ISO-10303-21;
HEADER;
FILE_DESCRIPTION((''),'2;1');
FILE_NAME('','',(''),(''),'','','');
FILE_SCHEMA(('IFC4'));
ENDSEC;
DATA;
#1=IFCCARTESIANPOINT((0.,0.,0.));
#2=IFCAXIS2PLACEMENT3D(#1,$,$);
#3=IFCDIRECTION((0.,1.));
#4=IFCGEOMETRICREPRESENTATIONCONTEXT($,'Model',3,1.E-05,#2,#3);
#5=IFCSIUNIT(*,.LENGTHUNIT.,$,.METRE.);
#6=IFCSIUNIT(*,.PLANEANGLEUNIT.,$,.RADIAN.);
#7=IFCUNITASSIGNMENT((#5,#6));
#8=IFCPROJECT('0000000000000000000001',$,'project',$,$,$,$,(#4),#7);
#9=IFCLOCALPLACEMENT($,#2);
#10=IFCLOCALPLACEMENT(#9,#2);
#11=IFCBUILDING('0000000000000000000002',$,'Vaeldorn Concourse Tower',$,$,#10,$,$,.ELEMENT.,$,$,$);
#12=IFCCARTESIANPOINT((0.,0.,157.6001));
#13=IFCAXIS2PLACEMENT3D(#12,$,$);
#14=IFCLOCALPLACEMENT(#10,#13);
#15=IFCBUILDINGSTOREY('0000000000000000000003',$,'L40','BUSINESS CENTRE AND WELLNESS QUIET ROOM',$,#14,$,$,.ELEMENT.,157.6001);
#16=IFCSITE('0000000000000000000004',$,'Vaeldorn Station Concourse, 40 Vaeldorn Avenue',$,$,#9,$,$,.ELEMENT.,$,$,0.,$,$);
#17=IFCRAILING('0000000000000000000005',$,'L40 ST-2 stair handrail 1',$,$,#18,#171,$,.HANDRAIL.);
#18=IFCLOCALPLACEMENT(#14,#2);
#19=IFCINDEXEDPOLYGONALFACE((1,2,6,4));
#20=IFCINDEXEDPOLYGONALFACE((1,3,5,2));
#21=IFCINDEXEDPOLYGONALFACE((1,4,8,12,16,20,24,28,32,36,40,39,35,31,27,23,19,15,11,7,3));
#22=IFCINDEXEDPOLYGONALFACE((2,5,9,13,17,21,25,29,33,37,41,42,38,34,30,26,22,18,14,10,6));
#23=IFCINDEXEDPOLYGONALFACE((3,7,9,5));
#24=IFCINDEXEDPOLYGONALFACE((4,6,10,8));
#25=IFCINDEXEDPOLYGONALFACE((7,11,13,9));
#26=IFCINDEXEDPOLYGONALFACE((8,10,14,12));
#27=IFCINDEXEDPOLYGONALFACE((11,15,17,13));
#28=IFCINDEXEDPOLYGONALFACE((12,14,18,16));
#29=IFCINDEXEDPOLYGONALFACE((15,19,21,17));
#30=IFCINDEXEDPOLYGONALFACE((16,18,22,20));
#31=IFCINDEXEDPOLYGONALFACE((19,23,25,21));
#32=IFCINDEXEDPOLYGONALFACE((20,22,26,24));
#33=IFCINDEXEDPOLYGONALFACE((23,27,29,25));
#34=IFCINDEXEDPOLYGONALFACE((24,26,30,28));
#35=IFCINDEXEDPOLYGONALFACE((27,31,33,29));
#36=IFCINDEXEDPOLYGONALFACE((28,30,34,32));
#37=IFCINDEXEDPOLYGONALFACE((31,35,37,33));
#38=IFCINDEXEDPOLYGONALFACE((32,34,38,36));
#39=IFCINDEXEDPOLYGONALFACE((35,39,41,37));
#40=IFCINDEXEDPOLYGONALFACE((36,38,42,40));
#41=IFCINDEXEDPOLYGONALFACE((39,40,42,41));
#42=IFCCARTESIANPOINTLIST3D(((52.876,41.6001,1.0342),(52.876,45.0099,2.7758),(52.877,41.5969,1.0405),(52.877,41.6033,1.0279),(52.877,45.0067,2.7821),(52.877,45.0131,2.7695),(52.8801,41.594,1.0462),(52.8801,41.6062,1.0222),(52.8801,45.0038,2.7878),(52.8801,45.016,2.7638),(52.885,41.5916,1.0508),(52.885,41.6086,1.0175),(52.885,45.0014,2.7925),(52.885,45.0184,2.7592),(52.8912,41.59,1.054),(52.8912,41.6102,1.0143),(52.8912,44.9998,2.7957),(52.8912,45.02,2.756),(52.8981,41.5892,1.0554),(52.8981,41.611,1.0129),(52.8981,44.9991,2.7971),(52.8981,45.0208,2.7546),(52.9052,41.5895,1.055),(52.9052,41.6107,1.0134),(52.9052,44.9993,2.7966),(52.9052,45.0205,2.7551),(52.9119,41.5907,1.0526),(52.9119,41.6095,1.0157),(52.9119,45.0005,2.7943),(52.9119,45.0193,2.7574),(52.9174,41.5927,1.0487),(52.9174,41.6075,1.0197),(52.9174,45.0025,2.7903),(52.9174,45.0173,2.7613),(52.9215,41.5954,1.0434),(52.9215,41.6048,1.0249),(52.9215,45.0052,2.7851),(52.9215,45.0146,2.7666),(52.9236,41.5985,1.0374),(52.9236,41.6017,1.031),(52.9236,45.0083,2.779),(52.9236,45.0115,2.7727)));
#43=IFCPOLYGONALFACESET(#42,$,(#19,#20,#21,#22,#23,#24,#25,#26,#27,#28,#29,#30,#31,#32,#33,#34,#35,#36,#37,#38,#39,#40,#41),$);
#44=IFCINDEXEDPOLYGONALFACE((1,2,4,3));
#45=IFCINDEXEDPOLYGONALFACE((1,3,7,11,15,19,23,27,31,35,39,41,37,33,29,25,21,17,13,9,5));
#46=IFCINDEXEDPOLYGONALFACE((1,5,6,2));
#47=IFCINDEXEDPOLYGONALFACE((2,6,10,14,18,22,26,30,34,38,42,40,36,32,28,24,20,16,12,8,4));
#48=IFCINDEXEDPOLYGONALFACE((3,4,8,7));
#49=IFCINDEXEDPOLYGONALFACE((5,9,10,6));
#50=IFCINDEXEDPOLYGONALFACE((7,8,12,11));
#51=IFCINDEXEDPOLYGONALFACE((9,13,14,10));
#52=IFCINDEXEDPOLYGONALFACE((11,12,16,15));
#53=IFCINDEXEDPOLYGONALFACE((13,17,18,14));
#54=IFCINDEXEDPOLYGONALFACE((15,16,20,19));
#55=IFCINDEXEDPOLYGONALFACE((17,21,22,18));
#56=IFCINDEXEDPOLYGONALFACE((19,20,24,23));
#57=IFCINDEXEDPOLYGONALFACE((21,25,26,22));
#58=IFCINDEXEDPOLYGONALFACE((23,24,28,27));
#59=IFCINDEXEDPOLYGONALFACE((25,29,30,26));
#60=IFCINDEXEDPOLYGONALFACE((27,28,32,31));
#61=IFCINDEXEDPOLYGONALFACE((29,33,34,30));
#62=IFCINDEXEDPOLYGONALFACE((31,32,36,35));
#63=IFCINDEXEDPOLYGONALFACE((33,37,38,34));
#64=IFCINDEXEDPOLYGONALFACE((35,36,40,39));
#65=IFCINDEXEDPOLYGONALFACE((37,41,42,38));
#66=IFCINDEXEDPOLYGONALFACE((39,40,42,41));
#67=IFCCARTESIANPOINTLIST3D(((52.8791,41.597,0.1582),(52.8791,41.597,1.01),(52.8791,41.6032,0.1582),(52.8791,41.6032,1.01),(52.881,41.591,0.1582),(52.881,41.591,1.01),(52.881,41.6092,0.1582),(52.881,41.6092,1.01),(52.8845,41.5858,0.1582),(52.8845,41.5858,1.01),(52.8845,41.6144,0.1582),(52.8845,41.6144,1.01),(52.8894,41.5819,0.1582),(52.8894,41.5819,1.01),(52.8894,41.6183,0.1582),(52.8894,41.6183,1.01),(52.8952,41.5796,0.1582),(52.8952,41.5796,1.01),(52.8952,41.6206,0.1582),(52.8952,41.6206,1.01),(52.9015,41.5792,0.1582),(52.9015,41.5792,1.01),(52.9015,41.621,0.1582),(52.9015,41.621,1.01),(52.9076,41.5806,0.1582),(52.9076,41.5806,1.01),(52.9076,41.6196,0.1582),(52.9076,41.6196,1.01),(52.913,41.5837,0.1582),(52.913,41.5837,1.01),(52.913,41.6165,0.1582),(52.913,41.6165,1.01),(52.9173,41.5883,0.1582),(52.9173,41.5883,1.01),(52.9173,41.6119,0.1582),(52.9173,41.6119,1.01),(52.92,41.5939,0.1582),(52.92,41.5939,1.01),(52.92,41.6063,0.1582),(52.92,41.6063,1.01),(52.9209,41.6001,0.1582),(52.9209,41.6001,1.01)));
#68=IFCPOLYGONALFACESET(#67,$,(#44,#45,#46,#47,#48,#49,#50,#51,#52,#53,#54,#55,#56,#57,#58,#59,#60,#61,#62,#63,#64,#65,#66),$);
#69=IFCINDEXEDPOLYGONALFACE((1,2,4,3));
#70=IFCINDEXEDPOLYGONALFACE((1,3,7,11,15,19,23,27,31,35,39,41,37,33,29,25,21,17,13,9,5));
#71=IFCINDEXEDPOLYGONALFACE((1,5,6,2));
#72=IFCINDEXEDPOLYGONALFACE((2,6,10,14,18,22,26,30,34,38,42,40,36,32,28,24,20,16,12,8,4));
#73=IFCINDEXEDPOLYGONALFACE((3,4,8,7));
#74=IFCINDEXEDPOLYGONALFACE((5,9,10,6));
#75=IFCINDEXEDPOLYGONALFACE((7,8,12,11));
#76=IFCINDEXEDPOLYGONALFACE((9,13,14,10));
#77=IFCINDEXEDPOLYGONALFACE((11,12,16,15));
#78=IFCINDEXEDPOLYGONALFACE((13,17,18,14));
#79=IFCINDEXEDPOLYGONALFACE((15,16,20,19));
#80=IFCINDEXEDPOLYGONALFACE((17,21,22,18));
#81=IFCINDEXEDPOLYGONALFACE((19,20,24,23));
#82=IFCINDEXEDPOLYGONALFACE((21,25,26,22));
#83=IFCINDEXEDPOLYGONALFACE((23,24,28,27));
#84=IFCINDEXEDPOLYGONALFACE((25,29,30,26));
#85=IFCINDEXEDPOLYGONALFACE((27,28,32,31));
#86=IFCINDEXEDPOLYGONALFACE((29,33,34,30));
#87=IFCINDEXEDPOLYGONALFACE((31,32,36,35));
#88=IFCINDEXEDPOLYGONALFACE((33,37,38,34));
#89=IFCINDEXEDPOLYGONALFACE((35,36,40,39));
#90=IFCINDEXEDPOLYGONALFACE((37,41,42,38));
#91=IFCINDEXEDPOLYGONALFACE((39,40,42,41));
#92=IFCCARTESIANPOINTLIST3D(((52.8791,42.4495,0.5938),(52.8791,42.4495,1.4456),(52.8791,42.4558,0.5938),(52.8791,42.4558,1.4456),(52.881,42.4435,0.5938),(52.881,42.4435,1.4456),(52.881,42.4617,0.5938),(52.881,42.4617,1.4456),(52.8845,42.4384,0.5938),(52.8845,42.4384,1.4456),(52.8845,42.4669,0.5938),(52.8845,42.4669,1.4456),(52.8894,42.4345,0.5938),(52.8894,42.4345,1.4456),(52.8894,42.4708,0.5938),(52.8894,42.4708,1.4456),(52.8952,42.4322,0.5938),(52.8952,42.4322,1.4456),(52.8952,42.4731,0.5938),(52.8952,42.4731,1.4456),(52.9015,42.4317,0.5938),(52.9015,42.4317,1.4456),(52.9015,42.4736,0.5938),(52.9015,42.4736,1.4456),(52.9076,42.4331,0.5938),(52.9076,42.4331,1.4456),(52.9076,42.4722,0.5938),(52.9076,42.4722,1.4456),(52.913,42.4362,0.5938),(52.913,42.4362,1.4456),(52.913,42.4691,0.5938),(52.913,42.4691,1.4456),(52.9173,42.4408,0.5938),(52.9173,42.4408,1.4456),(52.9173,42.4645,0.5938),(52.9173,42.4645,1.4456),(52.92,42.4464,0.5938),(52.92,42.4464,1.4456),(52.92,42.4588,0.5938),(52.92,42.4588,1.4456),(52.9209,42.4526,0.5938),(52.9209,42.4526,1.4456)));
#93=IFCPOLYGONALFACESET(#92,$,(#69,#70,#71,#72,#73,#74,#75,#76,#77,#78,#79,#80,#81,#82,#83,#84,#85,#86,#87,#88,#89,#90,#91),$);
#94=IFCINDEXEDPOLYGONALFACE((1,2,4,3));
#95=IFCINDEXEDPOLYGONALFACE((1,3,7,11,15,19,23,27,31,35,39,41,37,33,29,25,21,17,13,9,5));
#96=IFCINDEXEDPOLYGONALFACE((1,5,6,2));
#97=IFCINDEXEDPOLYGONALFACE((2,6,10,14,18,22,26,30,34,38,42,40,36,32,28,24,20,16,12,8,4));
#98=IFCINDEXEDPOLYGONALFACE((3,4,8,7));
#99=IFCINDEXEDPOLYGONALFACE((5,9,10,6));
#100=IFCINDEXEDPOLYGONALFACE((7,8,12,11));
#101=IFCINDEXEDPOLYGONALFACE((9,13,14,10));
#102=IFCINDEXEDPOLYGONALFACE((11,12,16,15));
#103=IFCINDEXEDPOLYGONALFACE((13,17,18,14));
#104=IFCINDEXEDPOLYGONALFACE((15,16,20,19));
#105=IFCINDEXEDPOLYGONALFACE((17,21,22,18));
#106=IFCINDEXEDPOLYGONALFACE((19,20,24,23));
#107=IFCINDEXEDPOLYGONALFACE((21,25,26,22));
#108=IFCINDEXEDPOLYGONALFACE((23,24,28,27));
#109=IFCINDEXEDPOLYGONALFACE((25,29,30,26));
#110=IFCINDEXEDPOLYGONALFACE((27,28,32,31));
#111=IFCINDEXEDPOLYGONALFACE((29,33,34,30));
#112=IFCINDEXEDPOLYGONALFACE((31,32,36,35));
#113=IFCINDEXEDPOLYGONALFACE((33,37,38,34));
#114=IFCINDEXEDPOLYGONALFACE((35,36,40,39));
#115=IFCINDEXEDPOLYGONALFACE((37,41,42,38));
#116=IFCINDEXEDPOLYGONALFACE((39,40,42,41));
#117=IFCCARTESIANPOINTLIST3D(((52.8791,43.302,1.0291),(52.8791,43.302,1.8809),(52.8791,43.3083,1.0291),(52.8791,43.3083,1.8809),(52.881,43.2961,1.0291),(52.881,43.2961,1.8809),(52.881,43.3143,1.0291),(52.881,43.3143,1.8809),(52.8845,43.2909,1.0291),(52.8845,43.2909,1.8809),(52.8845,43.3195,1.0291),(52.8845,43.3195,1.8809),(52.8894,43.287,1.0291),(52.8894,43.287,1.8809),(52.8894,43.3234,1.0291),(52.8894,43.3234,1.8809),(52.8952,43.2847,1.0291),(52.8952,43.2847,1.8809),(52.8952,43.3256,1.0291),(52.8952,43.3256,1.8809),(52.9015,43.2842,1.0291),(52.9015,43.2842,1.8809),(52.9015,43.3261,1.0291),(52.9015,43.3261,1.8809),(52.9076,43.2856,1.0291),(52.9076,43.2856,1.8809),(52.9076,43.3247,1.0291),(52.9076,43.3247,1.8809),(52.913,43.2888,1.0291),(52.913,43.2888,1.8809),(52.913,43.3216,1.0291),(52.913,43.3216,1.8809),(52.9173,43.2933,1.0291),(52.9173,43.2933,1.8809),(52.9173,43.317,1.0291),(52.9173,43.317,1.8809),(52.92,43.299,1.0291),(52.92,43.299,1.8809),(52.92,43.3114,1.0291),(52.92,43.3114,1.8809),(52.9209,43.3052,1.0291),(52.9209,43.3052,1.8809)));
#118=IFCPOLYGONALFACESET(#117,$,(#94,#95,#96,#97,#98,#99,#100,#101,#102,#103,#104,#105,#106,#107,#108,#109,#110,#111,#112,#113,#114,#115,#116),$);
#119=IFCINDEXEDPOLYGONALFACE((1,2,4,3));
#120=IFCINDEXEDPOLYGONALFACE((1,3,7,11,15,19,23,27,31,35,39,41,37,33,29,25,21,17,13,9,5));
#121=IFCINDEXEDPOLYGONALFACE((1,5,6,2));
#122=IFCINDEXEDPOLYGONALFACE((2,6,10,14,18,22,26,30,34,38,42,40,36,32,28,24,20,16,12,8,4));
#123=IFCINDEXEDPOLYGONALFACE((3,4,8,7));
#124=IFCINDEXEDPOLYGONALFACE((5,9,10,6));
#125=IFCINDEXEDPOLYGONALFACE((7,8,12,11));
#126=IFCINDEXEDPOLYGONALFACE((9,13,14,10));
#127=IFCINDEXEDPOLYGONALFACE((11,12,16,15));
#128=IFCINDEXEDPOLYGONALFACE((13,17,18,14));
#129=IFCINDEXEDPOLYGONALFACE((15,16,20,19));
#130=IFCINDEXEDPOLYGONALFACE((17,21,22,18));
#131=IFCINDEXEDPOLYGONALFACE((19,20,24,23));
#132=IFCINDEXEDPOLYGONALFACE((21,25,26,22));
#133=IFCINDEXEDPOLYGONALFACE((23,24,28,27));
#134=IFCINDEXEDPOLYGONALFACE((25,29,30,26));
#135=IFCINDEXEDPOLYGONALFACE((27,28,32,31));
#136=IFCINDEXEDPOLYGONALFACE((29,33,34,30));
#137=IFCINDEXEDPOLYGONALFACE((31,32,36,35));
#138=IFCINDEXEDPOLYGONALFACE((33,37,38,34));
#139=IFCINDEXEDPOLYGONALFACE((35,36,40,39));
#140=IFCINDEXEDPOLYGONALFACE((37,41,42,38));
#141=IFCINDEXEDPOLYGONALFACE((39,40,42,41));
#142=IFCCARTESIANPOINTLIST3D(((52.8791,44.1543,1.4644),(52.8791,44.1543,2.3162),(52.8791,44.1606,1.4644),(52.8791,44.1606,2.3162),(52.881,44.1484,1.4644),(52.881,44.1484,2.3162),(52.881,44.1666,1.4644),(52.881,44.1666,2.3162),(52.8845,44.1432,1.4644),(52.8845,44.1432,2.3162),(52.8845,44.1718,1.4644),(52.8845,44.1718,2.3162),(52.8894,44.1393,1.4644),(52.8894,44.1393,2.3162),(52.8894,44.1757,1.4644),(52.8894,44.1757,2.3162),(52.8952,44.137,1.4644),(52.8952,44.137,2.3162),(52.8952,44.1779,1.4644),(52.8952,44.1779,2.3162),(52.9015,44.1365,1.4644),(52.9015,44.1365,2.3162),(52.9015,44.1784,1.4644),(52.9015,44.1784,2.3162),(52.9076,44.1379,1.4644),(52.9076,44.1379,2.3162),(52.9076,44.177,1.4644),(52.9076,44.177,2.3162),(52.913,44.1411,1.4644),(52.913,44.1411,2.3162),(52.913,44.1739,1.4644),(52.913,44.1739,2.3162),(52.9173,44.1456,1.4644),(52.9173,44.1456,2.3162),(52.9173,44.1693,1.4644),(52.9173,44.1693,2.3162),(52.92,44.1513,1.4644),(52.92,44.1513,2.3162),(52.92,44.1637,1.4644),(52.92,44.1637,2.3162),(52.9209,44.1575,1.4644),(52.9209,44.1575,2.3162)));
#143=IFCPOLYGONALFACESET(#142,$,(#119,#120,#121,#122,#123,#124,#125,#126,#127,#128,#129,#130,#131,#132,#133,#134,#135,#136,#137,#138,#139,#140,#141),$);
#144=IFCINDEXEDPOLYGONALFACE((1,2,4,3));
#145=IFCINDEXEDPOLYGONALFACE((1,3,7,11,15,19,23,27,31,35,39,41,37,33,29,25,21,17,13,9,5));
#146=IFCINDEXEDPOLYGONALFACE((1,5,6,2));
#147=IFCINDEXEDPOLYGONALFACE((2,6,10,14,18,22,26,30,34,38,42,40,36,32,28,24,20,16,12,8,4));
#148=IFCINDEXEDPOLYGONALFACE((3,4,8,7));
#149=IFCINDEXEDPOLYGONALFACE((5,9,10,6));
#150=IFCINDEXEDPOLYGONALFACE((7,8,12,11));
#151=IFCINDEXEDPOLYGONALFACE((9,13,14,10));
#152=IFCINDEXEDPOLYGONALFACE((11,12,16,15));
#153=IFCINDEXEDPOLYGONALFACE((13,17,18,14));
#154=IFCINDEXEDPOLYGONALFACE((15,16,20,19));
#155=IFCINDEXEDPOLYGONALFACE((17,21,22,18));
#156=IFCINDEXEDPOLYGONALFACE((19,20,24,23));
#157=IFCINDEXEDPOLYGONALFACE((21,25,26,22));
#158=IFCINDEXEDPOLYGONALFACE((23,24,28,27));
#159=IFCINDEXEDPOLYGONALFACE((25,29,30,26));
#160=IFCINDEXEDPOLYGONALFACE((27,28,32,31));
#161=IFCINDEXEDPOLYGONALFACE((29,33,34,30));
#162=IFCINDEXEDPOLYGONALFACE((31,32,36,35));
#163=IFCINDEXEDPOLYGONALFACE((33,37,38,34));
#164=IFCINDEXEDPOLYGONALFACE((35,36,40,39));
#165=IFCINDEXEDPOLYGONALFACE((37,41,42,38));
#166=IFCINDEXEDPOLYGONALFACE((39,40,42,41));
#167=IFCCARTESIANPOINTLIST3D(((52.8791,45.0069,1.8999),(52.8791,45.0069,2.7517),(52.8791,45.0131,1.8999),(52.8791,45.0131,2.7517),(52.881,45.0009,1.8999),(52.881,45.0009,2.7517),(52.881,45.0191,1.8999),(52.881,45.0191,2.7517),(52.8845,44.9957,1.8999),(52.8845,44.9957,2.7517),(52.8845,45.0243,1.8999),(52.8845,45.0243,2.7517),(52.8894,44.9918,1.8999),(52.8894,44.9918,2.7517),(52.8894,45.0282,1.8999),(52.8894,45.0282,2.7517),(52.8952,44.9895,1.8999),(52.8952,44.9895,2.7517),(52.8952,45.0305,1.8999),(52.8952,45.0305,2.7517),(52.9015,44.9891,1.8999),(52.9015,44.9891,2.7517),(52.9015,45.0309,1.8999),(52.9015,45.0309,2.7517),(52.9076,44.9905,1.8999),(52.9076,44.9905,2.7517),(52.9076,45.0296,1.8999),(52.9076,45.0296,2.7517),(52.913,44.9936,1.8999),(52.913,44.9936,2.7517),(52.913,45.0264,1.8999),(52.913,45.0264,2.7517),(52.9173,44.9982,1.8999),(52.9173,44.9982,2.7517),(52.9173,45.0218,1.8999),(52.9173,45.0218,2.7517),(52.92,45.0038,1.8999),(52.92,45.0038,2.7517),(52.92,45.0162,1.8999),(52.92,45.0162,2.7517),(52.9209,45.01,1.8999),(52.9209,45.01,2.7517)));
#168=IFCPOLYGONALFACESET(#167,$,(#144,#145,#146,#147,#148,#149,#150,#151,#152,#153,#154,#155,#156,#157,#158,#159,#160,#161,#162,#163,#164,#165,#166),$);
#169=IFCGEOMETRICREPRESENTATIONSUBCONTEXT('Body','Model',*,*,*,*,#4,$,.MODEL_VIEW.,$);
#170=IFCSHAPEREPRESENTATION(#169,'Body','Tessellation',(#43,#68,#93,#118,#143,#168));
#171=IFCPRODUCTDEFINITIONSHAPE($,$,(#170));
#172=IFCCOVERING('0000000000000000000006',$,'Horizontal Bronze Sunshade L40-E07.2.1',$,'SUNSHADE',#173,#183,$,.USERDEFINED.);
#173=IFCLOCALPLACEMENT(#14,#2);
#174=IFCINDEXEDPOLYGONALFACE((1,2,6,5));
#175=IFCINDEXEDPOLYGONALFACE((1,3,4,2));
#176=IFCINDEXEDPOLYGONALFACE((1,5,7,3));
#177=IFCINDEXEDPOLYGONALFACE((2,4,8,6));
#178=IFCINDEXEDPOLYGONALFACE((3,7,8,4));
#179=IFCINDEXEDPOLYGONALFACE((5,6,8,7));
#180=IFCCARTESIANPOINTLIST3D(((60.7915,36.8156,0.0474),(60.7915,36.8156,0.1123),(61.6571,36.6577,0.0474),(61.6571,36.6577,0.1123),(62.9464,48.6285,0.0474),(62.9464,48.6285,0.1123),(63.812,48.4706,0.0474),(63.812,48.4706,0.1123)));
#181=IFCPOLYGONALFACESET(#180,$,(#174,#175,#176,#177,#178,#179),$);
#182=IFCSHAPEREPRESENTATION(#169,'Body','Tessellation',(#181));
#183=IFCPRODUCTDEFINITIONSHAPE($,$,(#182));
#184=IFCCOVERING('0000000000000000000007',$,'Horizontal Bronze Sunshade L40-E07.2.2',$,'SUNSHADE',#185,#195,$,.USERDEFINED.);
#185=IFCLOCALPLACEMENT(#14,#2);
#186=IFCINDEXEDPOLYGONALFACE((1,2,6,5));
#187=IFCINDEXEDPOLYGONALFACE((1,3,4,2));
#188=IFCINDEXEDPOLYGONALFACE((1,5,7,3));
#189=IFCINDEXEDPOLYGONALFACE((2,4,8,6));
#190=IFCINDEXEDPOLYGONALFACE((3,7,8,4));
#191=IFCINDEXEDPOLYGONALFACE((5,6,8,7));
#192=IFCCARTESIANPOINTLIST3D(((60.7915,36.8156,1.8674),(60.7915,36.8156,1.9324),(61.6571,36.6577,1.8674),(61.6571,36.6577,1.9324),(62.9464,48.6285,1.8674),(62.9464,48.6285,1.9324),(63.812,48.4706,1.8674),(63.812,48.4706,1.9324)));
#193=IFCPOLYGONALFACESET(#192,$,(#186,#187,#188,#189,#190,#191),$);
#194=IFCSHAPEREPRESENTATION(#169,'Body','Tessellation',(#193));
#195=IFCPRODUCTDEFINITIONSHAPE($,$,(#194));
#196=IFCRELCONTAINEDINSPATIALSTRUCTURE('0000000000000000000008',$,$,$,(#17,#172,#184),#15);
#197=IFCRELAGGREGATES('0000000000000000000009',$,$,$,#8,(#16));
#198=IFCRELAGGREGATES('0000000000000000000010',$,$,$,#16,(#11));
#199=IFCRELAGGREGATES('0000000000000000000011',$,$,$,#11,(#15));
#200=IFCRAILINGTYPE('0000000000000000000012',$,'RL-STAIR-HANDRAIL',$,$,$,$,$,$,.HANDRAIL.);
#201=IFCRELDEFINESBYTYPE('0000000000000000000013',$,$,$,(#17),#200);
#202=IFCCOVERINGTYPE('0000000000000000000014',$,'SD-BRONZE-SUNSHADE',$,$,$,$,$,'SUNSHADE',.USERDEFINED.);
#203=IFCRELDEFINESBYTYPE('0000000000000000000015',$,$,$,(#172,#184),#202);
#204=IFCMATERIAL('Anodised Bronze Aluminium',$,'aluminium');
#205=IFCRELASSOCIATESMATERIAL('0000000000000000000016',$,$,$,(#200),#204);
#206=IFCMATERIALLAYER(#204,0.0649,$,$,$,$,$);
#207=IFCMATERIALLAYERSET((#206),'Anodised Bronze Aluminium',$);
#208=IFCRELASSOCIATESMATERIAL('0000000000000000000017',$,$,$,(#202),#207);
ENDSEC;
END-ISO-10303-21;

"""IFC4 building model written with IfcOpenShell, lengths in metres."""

from ifc_helpers import new_model, si_unit, direction, frame, origin, origin_2d, place, context, subcontext, project, spatial, rectangle, circle, extrude, source, transform, mapped, material, layer, layer_set, type_object, element, save


model = new_model("IFC4")

# Units and contexts
model_context = context("Model", 3, precision=1e-05, world=origin(), true_north=direction((0.0, 1.0)))
body_context = subcontext(model_context, "Body", "Model", "MODEL_VIEW")
ifc_project = project(units=[si_unit("LENGTHUNIT", "METRE"), si_unit("PLANEANGLEUNIT", "RADIAN")], contexts=[model_context])

# Site, building, storey
site_placement = place(None, origin())
site = spatial("IfcSite", under=ifc_project, at=site_placement, Name="Vaeldorn Station Concourse, 40 Vaeldorn Avenue", CompositionType="ELEMENT", RefElevation=0.0)
building_placement = place(site_placement, origin())
building = spatial("IfcBuilding", under=site, at=building_placement, Name="Vaeldorn Concourse Tower", CompositionType="ELEMENT")
storey_placement = place(building_placement, frame((0.0, 0.0, 157.6001)))
storey = spatial("IfcBuildingStorey", under=building, at=storey_placement, Name="L40", Description="BUSINESS CENTRE AND WELLNESS QUIET ROOM", CompositionType="ELEMENT", Elevation=157.6001)

# Shared definitions
ifc_material_1 = material(Name="Anodised Bronze Aluminium", Category="aluminium")

# Railing
railing_type_1 = type_object("IfcRailingType", Name="RL-STAIR-HANDRAIL", PredefinedType="HANDRAIL", material=ifc_material_1)
railing_1_placement = place(storey_placement, frame((52.8999, 41.6001, 0.1582)))
element("IfcRailing", 1, at=railing_1_placement, inside=storey, type_object=railing_type_1, Name="L40 ST-2 stair handrail 1", PredefinedType="HANDRAIL", context=body_context, shape_type="SweptSolid", body=[
    extrude(circle(Radius=0.0239, at=origin_2d()), frame((0.0, 0.0, 0.876), z_axis=(0.0, 0.890556, 0.454874), x_axis=(-1.0, 0.0, 0.0)), (0.0, 0.0, 1.0), 3.8289),
    extrude(circle(Radius=0.021, at=origin_2d()), origin(), (0.0, 0.0, 1.0), 0.8518),
    extrude(circle(Radius=0.021, at=origin_2d()), frame((0.0, 0.8525, 0.4355)), (0.0, 0.0, 1.0), 0.8518),
    extrude(circle(Radius=0.021, at=origin_2d()), frame((0.0, 1.7051, 0.8708)), (0.0, 0.0, 1.0), 0.8518),
    extrude(circle(Radius=0.021, at=origin_2d()), frame((0.0, 2.5574, 1.3062)), (0.0, 0.0, 1.0), 0.8518),
    extrude(circle(Radius=0.021, at=origin_2d()), frame((0.0, 3.4099, 1.7417)), (0.0, 0.0, 1.0), 0.8518),
])

# Coverings
ifc_layer_1 = layer(ifc_material_1, 0.0649)
ifc_layer_set_1 = layer_set([ifc_layer_1], Name="Anodised Bronze Aluminium")
covering_type = type_object("IfcCoveringType", Name="SD-BRONZE-SUNSHADE", ElementType="SUNSHADE", PredefinedType="USERDEFINED", material=ifc_layer_set_1)
shared_shape_1 = source(origin(), body_context, "Body", "SweptSolid", [
    extrude(rectangle(XDim=12.0078, YDim=0.8799, at=origin_2d()), origin(), (0.0, 0.0, 1.0), 0.0649),
])
for number, where, z_axis, x_axis, name in (
    (2, (62.3018, 42.6431, 0.0474), (0.0, 0.0, 1.0), (0.179455, 0.983766, 0.0), "Horizontal Bronze Sunshade L40-E07.2.1"),
    (3, (62.3018, 42.6431, 1.8674), (0.0, 0.0, 1.0), (0.179455, 0.983766, 0.0), "Horizontal Bronze Sunshade L40-E07.2.2"),
):
    element("IfcCovering", number, at=place(storey_placement, frame(where, z_axis=z_axis, x_axis=x_axis)), inside=storey, type_object=covering_type, Name=name, ObjectType="SUNSHADE", PredefinedType="USERDEFINED", context=body_context, shape_type="MappedRepresentation", body=[
        mapped(shared_shape_1, transform((0.0, 0.0, 0.0), scale=1.0)),
    ])

save(model, "model.ifc")
